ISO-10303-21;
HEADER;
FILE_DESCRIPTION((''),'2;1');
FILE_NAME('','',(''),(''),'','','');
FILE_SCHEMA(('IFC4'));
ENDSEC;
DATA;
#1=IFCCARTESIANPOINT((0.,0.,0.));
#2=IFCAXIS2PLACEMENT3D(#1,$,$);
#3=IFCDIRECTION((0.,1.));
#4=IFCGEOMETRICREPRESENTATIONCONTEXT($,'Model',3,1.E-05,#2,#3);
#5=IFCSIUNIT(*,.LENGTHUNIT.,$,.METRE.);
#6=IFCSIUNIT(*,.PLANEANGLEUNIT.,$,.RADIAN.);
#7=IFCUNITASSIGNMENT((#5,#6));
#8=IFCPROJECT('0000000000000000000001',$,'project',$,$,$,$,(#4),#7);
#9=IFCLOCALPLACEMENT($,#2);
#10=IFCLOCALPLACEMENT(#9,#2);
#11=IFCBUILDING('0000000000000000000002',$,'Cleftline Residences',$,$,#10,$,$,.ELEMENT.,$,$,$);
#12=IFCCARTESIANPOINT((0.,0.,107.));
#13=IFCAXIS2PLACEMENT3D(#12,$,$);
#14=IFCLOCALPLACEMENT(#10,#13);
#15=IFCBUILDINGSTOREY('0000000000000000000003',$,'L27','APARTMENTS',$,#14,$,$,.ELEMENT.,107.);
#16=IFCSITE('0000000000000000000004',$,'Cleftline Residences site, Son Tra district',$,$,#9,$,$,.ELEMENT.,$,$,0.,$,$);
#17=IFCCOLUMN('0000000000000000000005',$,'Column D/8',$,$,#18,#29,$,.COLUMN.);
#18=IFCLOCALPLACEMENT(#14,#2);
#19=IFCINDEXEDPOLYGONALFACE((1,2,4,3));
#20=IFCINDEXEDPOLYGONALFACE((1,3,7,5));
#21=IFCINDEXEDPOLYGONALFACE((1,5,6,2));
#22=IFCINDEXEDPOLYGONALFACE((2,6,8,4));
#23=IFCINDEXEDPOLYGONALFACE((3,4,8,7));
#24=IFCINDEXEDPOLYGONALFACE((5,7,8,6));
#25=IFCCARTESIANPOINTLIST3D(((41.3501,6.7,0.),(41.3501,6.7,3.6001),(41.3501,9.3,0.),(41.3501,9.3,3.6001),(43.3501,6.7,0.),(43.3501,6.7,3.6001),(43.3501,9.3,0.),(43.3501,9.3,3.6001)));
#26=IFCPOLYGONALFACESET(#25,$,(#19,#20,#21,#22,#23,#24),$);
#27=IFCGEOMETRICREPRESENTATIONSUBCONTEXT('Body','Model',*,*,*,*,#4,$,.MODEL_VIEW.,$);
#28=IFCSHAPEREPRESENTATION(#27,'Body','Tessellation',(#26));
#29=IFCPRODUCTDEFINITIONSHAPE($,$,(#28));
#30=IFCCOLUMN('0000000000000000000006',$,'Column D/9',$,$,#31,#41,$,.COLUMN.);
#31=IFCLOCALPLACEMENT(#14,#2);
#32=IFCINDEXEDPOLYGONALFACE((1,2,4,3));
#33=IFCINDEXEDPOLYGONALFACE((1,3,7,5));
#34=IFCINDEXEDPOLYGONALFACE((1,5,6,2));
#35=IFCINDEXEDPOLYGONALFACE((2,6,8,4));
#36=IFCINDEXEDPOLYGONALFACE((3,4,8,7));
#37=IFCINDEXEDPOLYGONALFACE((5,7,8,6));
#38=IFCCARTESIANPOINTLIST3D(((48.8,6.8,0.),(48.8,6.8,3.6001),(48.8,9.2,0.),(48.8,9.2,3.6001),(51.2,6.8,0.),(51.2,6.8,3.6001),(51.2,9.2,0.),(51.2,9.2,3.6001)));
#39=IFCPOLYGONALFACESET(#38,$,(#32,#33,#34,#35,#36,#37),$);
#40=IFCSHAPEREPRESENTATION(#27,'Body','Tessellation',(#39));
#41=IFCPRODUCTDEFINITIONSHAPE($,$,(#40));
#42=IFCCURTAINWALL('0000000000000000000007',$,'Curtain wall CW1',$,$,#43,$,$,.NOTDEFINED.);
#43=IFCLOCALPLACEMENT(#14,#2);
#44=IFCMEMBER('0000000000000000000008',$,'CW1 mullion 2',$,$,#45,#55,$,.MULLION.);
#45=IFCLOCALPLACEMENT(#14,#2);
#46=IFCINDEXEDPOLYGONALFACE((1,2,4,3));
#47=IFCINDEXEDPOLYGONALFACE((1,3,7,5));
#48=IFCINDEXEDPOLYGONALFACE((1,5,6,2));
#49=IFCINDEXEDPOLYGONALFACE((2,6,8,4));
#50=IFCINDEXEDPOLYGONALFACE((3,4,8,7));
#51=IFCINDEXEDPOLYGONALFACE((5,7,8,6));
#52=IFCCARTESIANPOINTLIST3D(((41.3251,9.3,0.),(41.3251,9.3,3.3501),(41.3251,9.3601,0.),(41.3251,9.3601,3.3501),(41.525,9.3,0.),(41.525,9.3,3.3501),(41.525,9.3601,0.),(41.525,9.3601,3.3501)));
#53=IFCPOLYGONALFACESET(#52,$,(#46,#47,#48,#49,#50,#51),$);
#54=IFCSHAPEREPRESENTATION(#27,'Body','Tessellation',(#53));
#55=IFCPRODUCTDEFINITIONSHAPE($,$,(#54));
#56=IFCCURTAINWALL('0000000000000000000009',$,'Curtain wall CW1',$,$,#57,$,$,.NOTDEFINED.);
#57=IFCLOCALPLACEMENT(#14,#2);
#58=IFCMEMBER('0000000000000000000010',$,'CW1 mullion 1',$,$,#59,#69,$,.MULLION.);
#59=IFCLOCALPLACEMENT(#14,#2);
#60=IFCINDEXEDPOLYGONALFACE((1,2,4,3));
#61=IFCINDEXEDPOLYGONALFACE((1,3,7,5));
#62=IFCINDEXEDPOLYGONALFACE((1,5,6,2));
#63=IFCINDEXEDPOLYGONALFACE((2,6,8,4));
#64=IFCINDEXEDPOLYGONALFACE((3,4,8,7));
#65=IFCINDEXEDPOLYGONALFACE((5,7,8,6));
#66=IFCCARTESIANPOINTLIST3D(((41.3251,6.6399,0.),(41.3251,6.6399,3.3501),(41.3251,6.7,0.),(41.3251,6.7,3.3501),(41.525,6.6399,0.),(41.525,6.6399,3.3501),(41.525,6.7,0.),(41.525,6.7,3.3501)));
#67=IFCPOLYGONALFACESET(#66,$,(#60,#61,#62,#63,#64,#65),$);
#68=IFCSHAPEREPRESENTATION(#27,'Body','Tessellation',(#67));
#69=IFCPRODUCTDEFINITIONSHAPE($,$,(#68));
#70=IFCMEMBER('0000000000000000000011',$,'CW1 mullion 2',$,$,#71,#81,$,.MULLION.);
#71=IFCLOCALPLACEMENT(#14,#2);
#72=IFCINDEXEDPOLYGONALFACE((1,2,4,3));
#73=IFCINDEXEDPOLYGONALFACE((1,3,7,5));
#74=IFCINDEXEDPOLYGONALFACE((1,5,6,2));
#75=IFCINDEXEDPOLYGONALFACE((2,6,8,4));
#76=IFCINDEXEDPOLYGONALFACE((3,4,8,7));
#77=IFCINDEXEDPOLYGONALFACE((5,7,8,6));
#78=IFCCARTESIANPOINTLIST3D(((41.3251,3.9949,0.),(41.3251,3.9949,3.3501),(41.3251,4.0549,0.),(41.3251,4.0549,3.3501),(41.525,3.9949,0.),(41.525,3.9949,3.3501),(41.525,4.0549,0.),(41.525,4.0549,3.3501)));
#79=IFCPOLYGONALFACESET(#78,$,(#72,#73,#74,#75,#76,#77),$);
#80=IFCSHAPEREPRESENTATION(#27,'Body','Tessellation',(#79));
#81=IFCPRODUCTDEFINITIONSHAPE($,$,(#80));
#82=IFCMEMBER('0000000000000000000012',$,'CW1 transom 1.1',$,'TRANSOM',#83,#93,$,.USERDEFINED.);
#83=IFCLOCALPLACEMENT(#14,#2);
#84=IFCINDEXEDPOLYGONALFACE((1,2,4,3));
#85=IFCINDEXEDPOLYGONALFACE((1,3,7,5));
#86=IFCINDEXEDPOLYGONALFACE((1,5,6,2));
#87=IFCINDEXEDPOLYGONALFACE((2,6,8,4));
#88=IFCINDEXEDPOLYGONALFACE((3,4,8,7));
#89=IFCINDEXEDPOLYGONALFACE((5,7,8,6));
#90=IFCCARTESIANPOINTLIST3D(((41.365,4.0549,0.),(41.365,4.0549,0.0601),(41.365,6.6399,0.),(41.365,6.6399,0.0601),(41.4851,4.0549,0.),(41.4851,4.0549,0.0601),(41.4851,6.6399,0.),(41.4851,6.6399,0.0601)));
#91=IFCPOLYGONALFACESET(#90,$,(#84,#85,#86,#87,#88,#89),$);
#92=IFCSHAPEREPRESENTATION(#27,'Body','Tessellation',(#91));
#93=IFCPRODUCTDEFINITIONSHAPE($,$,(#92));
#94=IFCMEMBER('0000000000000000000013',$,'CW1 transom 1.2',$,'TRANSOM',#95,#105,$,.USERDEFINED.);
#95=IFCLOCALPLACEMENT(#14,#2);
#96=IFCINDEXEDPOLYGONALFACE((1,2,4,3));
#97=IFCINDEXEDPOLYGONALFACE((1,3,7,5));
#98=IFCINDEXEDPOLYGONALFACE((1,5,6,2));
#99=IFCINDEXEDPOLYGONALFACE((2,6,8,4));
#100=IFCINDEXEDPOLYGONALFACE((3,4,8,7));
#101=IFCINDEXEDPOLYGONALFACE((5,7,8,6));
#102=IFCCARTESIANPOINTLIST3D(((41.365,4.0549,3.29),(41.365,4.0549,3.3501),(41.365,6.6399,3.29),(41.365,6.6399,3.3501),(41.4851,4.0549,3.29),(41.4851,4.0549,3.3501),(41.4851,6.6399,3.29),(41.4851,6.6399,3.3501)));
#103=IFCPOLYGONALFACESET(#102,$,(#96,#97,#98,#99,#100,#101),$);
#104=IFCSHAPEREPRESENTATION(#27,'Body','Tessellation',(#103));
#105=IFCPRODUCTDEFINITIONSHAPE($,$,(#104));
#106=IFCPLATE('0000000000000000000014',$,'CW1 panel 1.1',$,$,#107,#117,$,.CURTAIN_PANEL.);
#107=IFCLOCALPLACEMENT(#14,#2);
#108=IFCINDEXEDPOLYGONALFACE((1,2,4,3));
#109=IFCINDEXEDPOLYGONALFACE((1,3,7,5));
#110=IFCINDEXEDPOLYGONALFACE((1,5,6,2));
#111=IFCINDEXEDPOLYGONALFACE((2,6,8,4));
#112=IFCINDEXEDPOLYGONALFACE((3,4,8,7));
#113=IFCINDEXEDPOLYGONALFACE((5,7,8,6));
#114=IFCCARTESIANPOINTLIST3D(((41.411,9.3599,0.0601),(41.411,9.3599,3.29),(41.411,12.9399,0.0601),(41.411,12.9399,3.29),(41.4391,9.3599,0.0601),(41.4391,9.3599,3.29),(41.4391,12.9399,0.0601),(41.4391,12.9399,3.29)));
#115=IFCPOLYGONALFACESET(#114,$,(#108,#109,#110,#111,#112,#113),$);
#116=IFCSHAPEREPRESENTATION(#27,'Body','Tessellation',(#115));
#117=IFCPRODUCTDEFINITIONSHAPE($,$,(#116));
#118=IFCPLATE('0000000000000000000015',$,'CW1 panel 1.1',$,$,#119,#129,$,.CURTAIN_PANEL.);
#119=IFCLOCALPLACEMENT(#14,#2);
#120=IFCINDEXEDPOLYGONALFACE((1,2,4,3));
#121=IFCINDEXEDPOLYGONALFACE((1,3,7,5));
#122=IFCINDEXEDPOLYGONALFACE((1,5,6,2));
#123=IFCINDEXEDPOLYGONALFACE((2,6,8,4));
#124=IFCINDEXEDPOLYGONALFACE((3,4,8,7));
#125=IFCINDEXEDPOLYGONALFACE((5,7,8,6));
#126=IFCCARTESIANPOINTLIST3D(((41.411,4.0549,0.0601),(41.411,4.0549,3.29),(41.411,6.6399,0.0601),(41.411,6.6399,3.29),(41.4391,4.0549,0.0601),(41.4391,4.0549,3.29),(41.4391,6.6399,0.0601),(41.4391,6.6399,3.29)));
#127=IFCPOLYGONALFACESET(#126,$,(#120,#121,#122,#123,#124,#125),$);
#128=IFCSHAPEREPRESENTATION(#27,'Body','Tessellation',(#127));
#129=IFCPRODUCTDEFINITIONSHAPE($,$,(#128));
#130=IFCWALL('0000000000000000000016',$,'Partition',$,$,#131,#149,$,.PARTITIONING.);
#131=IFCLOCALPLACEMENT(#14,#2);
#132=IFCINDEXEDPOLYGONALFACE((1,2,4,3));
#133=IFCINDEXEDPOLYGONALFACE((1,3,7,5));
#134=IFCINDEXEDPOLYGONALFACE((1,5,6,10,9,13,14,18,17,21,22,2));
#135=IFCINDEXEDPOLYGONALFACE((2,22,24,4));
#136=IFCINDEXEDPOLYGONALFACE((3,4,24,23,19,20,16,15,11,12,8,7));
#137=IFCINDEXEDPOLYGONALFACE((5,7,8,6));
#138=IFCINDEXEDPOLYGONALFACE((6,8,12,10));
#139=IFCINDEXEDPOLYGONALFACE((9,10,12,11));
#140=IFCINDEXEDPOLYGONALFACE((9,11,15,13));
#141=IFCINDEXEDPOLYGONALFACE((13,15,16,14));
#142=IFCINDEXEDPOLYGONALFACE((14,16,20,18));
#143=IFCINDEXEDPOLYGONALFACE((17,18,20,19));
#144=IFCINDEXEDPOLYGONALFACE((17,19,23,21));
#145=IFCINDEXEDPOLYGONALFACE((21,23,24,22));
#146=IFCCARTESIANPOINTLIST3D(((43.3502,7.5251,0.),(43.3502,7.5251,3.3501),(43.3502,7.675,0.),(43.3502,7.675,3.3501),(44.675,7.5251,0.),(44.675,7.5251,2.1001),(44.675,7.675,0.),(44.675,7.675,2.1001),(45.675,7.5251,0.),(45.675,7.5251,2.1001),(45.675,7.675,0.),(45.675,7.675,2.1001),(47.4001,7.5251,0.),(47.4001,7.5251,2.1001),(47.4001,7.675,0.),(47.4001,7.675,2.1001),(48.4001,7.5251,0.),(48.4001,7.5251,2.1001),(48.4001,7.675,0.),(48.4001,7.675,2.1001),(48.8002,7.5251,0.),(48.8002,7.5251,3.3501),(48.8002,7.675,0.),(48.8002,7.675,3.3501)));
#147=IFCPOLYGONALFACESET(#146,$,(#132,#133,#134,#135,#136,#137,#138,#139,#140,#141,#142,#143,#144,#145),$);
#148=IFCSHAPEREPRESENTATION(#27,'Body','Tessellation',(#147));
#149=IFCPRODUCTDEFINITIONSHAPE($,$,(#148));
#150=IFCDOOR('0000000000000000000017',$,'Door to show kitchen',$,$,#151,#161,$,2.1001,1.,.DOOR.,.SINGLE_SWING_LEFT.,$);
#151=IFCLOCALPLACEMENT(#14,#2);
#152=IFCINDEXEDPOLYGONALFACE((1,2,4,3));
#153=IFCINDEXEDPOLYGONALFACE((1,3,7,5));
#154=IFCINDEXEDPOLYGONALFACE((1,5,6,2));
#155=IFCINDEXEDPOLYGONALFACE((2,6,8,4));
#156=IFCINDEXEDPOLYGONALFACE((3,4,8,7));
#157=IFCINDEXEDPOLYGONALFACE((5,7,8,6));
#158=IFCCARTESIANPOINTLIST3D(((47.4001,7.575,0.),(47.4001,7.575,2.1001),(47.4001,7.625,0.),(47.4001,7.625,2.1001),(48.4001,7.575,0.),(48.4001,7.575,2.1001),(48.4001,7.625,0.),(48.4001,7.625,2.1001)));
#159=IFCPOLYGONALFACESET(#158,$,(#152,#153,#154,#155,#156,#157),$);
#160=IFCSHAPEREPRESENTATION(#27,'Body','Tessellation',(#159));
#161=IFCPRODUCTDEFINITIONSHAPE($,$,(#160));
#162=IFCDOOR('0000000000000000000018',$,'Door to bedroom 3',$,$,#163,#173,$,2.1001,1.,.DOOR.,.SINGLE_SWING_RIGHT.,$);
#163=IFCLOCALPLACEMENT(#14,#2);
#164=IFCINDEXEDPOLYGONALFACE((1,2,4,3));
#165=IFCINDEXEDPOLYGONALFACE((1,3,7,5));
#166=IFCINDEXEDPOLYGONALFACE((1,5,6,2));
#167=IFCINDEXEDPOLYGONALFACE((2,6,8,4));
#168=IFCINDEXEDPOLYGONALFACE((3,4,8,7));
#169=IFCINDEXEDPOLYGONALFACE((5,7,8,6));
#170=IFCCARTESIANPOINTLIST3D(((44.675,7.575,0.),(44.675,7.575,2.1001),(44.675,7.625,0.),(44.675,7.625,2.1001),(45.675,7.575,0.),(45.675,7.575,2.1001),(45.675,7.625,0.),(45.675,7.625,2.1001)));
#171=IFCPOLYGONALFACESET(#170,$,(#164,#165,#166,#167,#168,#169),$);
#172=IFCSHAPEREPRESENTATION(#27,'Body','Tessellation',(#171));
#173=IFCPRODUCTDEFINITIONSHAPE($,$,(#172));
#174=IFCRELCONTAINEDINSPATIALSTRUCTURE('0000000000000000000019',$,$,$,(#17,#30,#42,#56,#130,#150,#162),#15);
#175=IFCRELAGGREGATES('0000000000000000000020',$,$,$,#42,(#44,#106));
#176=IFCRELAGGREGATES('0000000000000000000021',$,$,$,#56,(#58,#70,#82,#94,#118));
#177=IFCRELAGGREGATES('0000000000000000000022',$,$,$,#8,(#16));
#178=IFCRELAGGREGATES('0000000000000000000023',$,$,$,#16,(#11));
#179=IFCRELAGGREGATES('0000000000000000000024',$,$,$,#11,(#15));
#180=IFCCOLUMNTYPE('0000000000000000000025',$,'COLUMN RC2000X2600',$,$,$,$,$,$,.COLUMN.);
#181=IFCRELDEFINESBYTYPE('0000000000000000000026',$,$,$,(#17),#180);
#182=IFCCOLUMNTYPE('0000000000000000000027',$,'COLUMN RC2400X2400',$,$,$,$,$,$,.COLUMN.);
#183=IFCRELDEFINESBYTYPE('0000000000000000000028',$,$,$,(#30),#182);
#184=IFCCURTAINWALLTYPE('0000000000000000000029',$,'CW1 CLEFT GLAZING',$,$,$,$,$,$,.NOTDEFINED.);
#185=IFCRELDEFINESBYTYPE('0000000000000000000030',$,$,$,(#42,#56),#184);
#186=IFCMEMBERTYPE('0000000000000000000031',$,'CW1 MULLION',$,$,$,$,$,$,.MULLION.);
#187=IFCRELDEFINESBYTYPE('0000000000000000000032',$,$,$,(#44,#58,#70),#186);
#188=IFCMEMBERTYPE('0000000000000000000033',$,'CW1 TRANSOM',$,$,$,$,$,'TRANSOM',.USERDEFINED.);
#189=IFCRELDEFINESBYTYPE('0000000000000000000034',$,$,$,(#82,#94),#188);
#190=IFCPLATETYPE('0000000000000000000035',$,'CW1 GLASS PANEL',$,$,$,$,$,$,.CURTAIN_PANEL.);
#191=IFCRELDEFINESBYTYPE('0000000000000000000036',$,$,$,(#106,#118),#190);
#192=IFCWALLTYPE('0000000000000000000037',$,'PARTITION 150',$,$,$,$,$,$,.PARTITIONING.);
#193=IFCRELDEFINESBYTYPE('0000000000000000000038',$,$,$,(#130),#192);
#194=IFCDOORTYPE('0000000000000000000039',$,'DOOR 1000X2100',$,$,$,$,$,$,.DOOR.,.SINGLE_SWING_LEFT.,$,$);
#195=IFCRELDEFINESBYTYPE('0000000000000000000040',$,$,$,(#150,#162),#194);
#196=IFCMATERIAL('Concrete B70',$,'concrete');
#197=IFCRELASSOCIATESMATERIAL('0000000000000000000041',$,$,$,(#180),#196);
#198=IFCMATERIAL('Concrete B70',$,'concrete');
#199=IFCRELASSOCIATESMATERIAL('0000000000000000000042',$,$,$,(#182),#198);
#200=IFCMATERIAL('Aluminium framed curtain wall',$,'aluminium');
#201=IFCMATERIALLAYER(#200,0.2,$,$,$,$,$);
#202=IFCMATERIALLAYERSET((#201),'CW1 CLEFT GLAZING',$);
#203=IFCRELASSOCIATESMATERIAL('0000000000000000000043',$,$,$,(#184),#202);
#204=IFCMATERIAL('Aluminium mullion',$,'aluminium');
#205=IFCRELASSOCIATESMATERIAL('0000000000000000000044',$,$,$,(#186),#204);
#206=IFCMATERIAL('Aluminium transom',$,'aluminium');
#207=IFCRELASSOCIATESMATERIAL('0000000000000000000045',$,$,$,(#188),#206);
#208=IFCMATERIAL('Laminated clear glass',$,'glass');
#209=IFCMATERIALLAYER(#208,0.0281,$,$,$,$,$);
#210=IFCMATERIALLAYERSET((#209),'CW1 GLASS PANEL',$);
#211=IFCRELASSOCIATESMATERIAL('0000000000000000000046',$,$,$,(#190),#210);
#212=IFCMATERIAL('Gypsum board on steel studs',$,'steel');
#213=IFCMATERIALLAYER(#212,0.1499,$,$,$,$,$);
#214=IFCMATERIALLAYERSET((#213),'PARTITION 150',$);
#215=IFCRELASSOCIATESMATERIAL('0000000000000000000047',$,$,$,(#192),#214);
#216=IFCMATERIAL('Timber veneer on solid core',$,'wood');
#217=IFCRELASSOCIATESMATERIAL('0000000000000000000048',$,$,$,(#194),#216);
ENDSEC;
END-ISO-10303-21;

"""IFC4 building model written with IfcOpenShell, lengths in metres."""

from ifc_helpers import new_model, si_unit, direction, frame, frame_2d, origin, origin_2d, place, context, subcontext, project, spatial, rectangle, extrude, material, layer, layer_set, material_profile, profile_set, type_object, element, fill, aggregate, save


model = new_model("IFC4")

# Units and contexts
model_context = context("Model", 3, precision=1e-05, world=origin(), true_north=direction((0.0, 1.0)))
body_context = subcontext(model_context, "Body", "Model", "MODEL_VIEW")
ifc_project = project(units=[si_unit("LENGTHUNIT", "METRE"), si_unit("PLANEANGLEUNIT", "RADIAN")], contexts=[model_context])

# Site, building, storey
site_placement = place(None, origin())
site = spatial("IfcSite", under=ifc_project, at=site_placement, Name="Cleftline Residences site, Son Tra district", CompositionType="ELEMENT", RefElevation=0.0)
building_placement = place(site_placement, origin())
building = spatial("IfcBuilding", under=site, at=building_placement, Name="Cleftline Residences", CompositionType="ELEMENT")
storey_placement = place(building_placement, frame((0.0, 0.0, 107.0)))
storey = spatial("IfcBuildingStorey", under=building, at=storey_placement, Name="L27", Description="APARTMENTS", CompositionType="ELEMENT", Elevation=107.0)

# Columns
ifc_material_1 = material(Name="Concrete B70", Category="concrete")
ifc_material_profile_1 = material_profile(ifc_material_1, rectangle(XDim=2.0, YDim=2.6001, at=origin_2d()))
ifc_profile_set_1 = profile_set([ifc_material_profile_1], Name="Concrete B70")
column_type_1 = type_object("IfcColumnType", Name="COLUMN RC2000X2600", PredefinedType="COLUMN", material=ifc_profile_set_1)
column_1_placement = place(storey_placement, frame((42.3501, 8.0, 0.0), z_axis=(0.0, 0.0, 1.0), x_axis=(1.0, 0.0, 0.0)))
element("IfcColumn", 1, at=column_1_placement, inside=storey, type_object=column_type_1, Name="Column D/8", PredefinedType="COLUMN", context=body_context, shape_type="SweptSolid", body=[
    extrude(rectangle(XDim=2.0, YDim=2.6001, at=origin_2d()), origin(), (0.0, 0.0, 1.0), 3.6001),
])
ifc_material_2 = material(Name="Concrete B70", Category="concrete")
ifc_material_profile_2 = material_profile(ifc_material_2, rectangle(XDim=2.3999, YDim=2.3999, at=origin_2d()))
ifc_profile_set_2 = profile_set([ifc_material_profile_2], Name="Concrete B70")
column_type_2 = type_object("IfcColumnType", Name="COLUMN RC2400X2400", PredefinedType="COLUMN", material=ifc_profile_set_2)
column_2_placement = place(storey_placement, frame((50.0, 8.0, 0.0), z_axis=(0.0, 0.0, 1.0), x_axis=(1.0, 0.0, 0.0)))
element("IfcColumn", 2, at=column_2_placement, inside=storey, type_object=column_type_2, Name="Column D/9", PredefinedType="COLUMN", context=body_context, shape_type="SweptSolid", body=[
    extrude(rectangle(XDim=2.3999, YDim=2.3999, at=origin_2d()), origin(), (0.0, 0.0, 1.0), 3.6001),
])

# Curtain wall, member
ifc_material_3 = material(Name="Aluminium framed curtain wall", Category="aluminium")
ifc_layer_1 = layer(ifc_material_3, 0.2)
ifc_layer_set_1 = layer_set([ifc_layer_1], Name="CW1 CLEFT GLAZING")
curtain_wall_type = type_object("IfcCurtainWallType", Name="CW1 CLEFT GLAZING", PredefinedType="NOTDEFINED", material=ifc_layer_set_1)
curtain_wall_1_placement = place(storey_placement, origin())
curtain_wall_1 = element("IfcCurtainWall", 3, at=curtain_wall_1_placement, inside=storey, type_object=curtain_wall_type, Name="Curtain wall CW1", PredefinedType="NOTDEFINED")
ifc_material_4 = material(Name="Aluminium mullion", Category="aluminium")
ifc_material_profile_3 = material_profile(ifc_material_4, rectangle(XDim=0.2, YDim=0.0601, at=origin_2d()))
ifc_profile_set_3 = profile_set([ifc_material_profile_3], Name="Aluminium mullion")
member_type_1 = type_object("IfcMemberType", Name="CW1 MULLION", PredefinedType="MULLION", material=ifc_profile_set_3)
member_1_placement = place(storey_placement, frame((41.425, 9.3301, 0.0), z_axis=(0.0, 0.0, 1.0), x_axis=(1.0, 0.0, 0.0)))
member_1 = element("IfcMember", 4, at=member_1_placement, type_object=member_type_1, Name="CW1 mullion 2", PredefinedType="MULLION", context=body_context, shape_type="SweptSolid", body=[
    extrude(rectangle(XDim=0.2, YDim=0.0601, at=origin_2d()), origin(), (0.0, 0.0, 1.0), 3.3501),
])

# Curtain wall, members
curtain_wall_2_placement = place(storey_placement, origin())
curtain_wall_2 = element("IfcCurtainWall", 5, at=curtain_wall_2_placement, inside=storey, type_object=curtain_wall_type, Name="Curtain wall CW1", PredefinedType="NOTDEFINED")
member_2_placement = place(storey_placement, frame((41.425, 6.6699, 0.0), z_axis=(0.0, 0.0, 1.0), x_axis=(1.0, 0.0, 0.0)))
member_2 = element("IfcMember", 6, at=member_2_placement, type_object=member_type_1, Name="CW1 mullion 1", PredefinedType="MULLION", context=body_context, shape_type="SweptSolid", body=[
    extrude(rectangle(XDim=0.2, YDim=0.0601, at=origin_2d()), origin(), (0.0, 0.0, 1.0), 3.3501),
])
member_3_placement = place(storey_placement, frame((41.425, 4.0249, 0.0), z_axis=(0.0, 0.0, 1.0), x_axis=(1.0, 0.0, 0.0)))
member_3 = element("IfcMember", 7, at=member_3_placement, type_object=member_type_1, Name="CW1 mullion 2", PredefinedType="MULLION", context=body_context, shape_type="SweptSolid", body=[
    extrude(rectangle(XDim=0.2, YDim=0.0601, at=origin_2d()), origin(), (0.0, 0.0, 1.0), 3.3501),
])
ifc_material_5 = material(Name="Aluminium transom", Category="aluminium")
ifc_material_profile_4 = material_profile(ifc_material_5, rectangle(XDim=0.1201, YDim=0.0601, at=origin_2d()))
ifc_profile_set_4 = profile_set([ifc_material_profile_4], Name="Aluminium transom")
member_type_2 = type_object("IfcMemberType", Name="CW1 TRANSOM", ElementType="TRANSOM", PredefinedType="USERDEFINED", material=ifc_profile_set_4)
member_4_placement = place(storey_placement, frame((41.425, 6.6399, 0.03), z_axis=(0.0, -1.0, 0.0), x_axis=(1.0, 0.0, 0.0)))
member_4 = element("IfcMember", 8, at=member_4_placement, type_object=member_type_2, Name="CW1 transom 1.1", ObjectType="TRANSOM", PredefinedType="USERDEFINED", context=body_context, shape_type="SweptSolid", body=[
    extrude(rectangle(XDim=0.1201, YDim=0.0601, at=origin_2d()), origin(), (0.0, 0.0, 1.0), 2.585),
])
member_5_placement = place(storey_placement, frame((41.425, 6.6399, 3.3201), z_axis=(0.0, -1.0, 0.0), x_axis=(1.0, 0.0, 0.0)))
member_5 = element("IfcMember", 9, at=member_5_placement, type_object=member_type_2, Name="CW1 transom 1.2", ObjectType="TRANSOM", PredefinedType="USERDEFINED", context=body_context, shape_type="SweptSolid", body=[
    extrude(rectangle(XDim=0.1201, YDim=0.0601, at=origin_2d()), origin(), (0.0, 0.0, 1.0), 2.585),
])

# Plates
ifc_material_6 = material(Name="Laminated clear glass", Category="glass")
ifc_layer_2 = layer(ifc_material_6, 0.0281)
ifc_layer_set_2 = layer_set([ifc_layer_2], Name="CW1 GLASS PANEL")
plate_type = type_object("IfcPlateType", Name="CW1 GLASS PANEL", PredefinedType="CURTAIN_PANEL", material=ifc_layer_set_2)
plate_1_placement = place(storey_placement, frame((41.425, 11.1499, 0.0601), z_axis=(0.0, 0.0, 1.0), x_axis=(0.0, -1.0, 0.0)))
plate_1 = element("IfcPlate", 10, at=plate_1_placement, type_object=plate_type, Name="CW1 panel 1.1", PredefinedType="CURTAIN_PANEL", context=body_context, shape_type="SweptSolid", body=[
    extrude(rectangle(XDim=3.5801, YDim=0.0281, at=origin_2d()), origin(), (0.0, 0.0, 1.0), 3.23),
])
aggregate(curtain_wall_1, [member_1, plate_1])
plate_2_placement = place(storey_placement, frame((41.425, 5.3474, 0.0601), z_axis=(0.0, 0.0, 1.0), x_axis=(0.0, -1.0, 0.0)))
plate_2 = element("IfcPlate", 11, at=plate_2_placement, type_object=plate_type, Name="CW1 panel 1.1", PredefinedType="CURTAIN_PANEL", context=body_context, shape_type="SweptSolid", body=[
    extrude(rectangle(XDim=2.585, YDim=0.0281, at=origin_2d()), origin(), (0.0, 0.0, 1.0), 3.23),
])
aggregate(curtain_wall_2, [member_2, member_3, member_4, member_5, plate_2])

# Wall, openings, doors
ifc_material_7 = material(Name="Gypsum board on steel studs", Category="steel")
ifc_layer_3 = layer(ifc_material_7, 0.1499)
ifc_layer_set_3 = layer_set([ifc_layer_3], Name="PARTITION 150")
wall_type = type_object("IfcWallType", Name="PARTITION 150", PredefinedType="PARTITIONING", material=ifc_layer_set_3)
wall_1_placement = place(storey_placement, frame((43.3501, 7.6001, 0.0), z_axis=(0.0, 0.0, 1.0), x_axis=(1.0, 0.0, 0.0)))
wall_1 = element("IfcWall", 12, at=wall_1_placement, inside=storey, type_object=wall_type, Name="Partition", PredefinedType="PARTITIONING", context=body_context, shape_type="SweptSolid", body=[
    extrude(rectangle(XDim=5.45, YDim=0.1499, at=frame_2d((2.7251, 0.0))), origin(), (0.0, 0.0, 1.0), 3.3501),
])
opening_1_placement = place(wall_1_placement, frame((4.05, 0.0, 0.0)))
opening_1 = element("IfcOpeningElement", 13, at=opening_1_placement, cuts=wall_1, PredefinedType="OPENING", context=body_context, shape_type="SweptSolid", body=[
    extrude(rectangle(XDim=1.0, YDim=2.1001, at=frame_2d((0.5, 1.05))), frame((0.0, 0.085, 0.0), z_axis=(0.0, -1.0, 0.0), x_axis=(1.0, 0.0, 0.0)), (0.0, 0.0, 1.0), 0.1699),
])
opening_2_placement = place(wall_1_placement, frame((1.325, 0.0, 0.0)))
opening_2 = element("IfcOpeningElement", 14, at=opening_2_placement, cuts=wall_1, PredefinedType="OPENING", context=body_context, shape_type="SweptSolid", body=[
    extrude(rectangle(XDim=1.0, YDim=2.1001, at=frame_2d((0.5, 1.05))), frame((0.0, 0.085, 0.0), z_axis=(0.0, -1.0, 0.0), x_axis=(1.0, 0.0, 0.0)), (0.0, 0.0, 1.0), 0.1699),
])
ifc_material_8 = material(Name="Timber veneer on solid core", Category="wood")
door_type_1 = type_object("IfcDoorType", Name="DOOR 1000X2100", OperationType="SINGLE_SWING_LEFT", PredefinedType="DOOR", material=ifc_material_8)
door_1_placement = place(opening_1_placement, origin())
door_1 = element("IfcDoor", 15, at=door_1_placement, inside=storey, type_object=door_type_1, Name="Door to show kitchen", OperationType="SINGLE_SWING_LEFT", OverallHeight=2.1001, OverallWidth=1.0, PredefinedType="DOOR", context=body_context, shape_type="SweptSolid", body=[
    extrude(rectangle(XDim=1.0, YDim=2.1001, at=frame_2d((0.5, 1.05))), frame((0.0, 0.0249, 0.0), z_axis=(0.0, -1.0, 0.0), x_axis=(1.0, 0.0, 0.0)), (0.0, 0.0, 1.0), 0.05),
])
fill(opening_1, door_1)
door_2_placement = place(opening_2_placement, origin())
door_2 = element("IfcDoor", 16, at=door_2_placement, inside=storey, type_object=door_type_1, Name="Door to bedroom 3", OperationType="SINGLE_SWING_RIGHT", OverallHeight=2.1001, OverallWidth=1.0, PredefinedType="DOOR", context=body_context, shape_type="SweptSolid", body=[
    extrude(rectangle(XDim=1.0, YDim=2.1001, at=frame_2d((0.5, 1.05))), frame((0.0, 0.0249, 0.0), z_axis=(0.0, -1.0, 0.0), x_axis=(1.0, 0.0, 0.0)), (0.0, 0.0, 1.0), 0.05),
])
fill(opening_2, door_2)

save(model, "model.ifc")
